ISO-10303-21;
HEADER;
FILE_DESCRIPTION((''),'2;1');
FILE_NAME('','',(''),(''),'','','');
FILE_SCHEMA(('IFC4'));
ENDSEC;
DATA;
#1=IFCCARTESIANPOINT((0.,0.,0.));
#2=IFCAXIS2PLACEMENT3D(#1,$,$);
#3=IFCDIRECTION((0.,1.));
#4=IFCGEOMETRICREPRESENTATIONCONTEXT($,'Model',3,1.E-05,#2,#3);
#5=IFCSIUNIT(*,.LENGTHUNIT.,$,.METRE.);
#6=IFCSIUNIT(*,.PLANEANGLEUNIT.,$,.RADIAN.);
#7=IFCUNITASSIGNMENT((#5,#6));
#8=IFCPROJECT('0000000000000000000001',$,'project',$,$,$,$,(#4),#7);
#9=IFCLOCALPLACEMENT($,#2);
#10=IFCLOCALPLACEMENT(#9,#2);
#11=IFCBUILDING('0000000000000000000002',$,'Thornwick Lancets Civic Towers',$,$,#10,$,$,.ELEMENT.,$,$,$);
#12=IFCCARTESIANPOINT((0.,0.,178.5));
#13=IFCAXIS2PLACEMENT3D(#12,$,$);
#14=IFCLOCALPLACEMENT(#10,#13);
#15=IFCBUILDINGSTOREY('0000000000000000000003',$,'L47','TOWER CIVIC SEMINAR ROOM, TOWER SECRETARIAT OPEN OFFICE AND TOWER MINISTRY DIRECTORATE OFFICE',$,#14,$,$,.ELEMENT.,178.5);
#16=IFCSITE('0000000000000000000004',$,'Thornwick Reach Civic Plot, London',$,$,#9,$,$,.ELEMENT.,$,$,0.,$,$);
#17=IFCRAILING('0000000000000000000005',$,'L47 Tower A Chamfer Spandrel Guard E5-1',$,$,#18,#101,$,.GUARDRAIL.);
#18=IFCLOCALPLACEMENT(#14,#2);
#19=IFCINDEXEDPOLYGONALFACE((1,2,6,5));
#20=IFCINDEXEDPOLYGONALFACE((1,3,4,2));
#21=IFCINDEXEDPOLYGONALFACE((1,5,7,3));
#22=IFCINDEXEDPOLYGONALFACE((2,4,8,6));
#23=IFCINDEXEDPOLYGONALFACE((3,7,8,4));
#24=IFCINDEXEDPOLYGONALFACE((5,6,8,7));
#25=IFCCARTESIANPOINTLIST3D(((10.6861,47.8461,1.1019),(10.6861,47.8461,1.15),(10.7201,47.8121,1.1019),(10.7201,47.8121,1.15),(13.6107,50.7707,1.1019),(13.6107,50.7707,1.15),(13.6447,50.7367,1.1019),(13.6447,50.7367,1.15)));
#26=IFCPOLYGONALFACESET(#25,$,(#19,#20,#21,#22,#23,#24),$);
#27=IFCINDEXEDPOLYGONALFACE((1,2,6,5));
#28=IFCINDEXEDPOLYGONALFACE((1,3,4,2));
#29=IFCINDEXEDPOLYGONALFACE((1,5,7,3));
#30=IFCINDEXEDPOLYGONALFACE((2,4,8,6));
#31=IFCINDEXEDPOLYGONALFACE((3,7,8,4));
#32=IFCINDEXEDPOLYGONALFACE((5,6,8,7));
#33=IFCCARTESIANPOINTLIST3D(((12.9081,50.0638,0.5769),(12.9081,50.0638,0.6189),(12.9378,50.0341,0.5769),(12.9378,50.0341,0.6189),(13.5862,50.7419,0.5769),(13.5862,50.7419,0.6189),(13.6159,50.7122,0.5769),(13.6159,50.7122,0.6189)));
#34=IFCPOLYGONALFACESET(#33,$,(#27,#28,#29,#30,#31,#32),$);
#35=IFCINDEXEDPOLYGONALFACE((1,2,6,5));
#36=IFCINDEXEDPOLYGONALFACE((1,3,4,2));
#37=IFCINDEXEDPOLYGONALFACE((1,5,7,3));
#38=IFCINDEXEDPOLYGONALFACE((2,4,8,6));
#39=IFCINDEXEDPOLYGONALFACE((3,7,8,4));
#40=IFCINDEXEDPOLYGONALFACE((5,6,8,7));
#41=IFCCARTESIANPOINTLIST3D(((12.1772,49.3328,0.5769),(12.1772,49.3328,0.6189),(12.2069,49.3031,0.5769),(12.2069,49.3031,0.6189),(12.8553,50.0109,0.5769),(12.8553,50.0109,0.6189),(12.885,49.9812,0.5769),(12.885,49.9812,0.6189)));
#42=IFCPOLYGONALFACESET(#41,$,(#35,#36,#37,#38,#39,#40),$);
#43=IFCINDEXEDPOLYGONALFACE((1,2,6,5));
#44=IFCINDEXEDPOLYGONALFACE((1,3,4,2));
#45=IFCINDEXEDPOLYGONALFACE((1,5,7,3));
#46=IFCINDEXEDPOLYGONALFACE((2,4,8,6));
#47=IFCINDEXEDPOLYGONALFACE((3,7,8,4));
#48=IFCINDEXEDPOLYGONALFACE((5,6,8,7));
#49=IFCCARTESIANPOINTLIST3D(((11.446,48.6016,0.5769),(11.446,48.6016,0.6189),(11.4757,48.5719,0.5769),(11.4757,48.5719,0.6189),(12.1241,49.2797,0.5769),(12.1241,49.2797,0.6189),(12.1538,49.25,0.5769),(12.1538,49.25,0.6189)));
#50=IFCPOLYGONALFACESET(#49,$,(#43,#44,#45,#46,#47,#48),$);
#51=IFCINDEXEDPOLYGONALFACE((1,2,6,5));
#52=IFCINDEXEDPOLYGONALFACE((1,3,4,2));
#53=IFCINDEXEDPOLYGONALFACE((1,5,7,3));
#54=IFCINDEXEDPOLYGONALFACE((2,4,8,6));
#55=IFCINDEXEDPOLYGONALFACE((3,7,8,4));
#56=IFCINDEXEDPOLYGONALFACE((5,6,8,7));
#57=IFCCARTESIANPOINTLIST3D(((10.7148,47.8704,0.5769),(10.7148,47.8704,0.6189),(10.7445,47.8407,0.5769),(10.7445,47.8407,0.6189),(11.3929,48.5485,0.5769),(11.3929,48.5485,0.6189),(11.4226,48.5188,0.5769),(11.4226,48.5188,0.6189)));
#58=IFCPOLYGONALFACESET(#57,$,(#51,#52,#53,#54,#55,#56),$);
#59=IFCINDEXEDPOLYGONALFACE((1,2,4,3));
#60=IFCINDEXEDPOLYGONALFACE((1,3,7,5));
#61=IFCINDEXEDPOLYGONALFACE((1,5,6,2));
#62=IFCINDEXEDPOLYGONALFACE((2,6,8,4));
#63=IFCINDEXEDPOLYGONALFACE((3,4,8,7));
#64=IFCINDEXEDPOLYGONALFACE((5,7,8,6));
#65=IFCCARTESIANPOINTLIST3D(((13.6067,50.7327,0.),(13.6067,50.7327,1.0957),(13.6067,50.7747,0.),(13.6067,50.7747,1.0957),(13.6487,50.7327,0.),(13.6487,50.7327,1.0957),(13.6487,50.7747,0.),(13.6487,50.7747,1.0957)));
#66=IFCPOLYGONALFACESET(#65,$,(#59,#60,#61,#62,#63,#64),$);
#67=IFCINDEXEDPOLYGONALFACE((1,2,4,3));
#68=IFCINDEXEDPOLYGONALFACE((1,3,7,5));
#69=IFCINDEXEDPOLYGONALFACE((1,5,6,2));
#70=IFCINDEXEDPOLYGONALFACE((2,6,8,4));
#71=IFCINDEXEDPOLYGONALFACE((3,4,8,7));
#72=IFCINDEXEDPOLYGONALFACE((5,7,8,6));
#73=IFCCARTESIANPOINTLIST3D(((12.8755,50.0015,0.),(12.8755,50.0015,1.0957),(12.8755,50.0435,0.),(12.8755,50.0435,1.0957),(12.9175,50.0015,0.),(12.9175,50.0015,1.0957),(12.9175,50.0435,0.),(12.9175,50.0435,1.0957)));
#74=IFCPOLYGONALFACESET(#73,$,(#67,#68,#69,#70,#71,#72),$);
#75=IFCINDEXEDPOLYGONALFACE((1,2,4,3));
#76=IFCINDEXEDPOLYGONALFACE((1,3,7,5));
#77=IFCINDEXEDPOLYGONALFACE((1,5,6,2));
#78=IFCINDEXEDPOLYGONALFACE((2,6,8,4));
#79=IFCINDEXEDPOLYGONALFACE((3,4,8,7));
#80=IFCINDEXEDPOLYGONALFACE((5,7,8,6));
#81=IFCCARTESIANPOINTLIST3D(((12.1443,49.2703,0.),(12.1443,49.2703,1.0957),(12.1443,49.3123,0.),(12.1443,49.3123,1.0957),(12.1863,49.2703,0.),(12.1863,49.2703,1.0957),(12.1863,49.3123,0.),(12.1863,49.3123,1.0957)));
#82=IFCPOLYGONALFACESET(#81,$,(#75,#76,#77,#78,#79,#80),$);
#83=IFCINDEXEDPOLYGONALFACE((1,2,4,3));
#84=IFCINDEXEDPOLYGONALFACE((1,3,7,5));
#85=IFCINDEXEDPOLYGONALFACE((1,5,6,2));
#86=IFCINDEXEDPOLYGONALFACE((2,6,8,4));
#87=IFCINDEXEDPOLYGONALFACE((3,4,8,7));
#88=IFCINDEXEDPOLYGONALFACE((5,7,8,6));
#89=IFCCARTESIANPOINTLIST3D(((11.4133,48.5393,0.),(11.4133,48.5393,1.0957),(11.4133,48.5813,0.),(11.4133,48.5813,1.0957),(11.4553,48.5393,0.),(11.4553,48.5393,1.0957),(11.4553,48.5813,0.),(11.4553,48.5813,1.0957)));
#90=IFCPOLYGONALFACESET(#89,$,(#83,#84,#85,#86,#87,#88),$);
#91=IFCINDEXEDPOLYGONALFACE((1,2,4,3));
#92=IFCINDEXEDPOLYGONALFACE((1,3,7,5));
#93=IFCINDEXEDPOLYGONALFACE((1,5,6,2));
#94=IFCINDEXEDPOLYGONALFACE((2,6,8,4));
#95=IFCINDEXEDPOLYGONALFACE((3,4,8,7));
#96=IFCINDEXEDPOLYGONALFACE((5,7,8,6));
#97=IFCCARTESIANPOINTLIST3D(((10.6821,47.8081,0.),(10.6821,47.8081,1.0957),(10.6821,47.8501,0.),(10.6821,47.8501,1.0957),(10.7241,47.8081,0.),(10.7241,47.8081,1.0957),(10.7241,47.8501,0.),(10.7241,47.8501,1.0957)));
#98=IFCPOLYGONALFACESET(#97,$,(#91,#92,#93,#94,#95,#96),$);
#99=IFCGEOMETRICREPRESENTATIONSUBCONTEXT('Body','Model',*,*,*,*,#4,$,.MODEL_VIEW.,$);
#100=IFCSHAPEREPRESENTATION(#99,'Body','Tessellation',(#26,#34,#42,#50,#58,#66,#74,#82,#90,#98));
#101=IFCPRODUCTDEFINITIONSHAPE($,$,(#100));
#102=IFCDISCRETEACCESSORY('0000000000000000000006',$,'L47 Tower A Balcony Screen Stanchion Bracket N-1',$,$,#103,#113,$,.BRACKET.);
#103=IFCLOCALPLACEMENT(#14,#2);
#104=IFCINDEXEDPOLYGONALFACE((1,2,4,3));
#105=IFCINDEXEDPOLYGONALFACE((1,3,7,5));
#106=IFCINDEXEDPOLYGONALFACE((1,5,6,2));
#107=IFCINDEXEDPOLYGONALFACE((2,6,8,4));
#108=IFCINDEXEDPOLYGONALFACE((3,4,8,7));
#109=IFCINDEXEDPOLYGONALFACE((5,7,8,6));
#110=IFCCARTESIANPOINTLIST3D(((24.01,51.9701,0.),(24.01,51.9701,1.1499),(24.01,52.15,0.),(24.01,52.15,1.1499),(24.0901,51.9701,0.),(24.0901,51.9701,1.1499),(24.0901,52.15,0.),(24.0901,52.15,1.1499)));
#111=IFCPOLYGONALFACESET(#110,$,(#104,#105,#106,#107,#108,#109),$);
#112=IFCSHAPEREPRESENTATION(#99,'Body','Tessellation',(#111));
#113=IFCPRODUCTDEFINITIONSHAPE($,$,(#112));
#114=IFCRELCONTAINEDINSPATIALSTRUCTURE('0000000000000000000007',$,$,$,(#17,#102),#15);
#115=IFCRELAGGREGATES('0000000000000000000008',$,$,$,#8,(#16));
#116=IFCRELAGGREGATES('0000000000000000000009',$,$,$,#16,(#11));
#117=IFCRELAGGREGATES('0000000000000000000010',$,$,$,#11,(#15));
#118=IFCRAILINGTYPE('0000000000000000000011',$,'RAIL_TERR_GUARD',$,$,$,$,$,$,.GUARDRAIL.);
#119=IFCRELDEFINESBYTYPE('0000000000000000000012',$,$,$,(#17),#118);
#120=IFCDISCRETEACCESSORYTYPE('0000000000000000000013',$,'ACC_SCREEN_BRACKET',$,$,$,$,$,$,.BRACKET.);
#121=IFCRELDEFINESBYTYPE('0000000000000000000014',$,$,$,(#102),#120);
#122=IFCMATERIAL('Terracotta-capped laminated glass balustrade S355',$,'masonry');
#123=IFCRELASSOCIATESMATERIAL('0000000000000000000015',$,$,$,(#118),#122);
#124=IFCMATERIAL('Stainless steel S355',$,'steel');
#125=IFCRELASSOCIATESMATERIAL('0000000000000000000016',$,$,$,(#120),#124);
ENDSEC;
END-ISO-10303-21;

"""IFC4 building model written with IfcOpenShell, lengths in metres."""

from ifc_helpers import new_model, si_unit, direction, frame, origin, origin_2d, place, context, subcontext, project, spatial, rectangle, extrude, material, type_object, element, save


model = new_model("IFC4")

# Units and contexts
model_context = context("Model", 3, precision=1e-05, world=origin(), true_north=direction((0.0, 1.0)))
body_context = subcontext(model_context, "Body", "Model", "MODEL_VIEW")
ifc_project = project(units=[si_unit("LENGTHUNIT", "METRE"), si_unit("PLANEANGLEUNIT", "RADIAN")], contexts=[model_context])

# Site, building, storey
site_placement = place(None, origin())
site = spatial("IfcSite", under=ifc_project, at=site_placement, Name="Thornwick Reach Civic Plot, London", CompositionType="ELEMENT", RefElevation=0.0)
building_placement = place(site_placement, origin())
building = spatial("IfcBuilding", under=site, at=building_placement, Name="Thornwick Lancets Civic Towers", CompositionType="ELEMENT")
storey_placement = place(building_placement, frame((0.0, 0.0, 178.5)))
storey = spatial("IfcBuildingStorey", under=building, at=storey_placement, Name="L47", Description="TOWER CIVIC SEMINAR ROOM, TOWER SECRETARIAT OPEN OFFICE AND TOWER MINISTRY DIRECTORATE OFFICE", CompositionType="ELEMENT", Elevation=178.5)

# Railing
ifc_material_1 = material(Name="Terracotta-capped laminated glass balustrade S355", Category="masonry")
railing_type = type_object("IfcRailingType", Name="RAIL_TERR_GUARD", PredefinedType="GUARDRAIL", material=ifc_material_1)
railing_placement = place(storey_placement, frame((13.6277, 50.7537, 0.0)))
element("IfcRailing", 1, at=railing_placement, inside=storey, type_object=railing_type, Name="L47 Tower A Chamfer Spandrel Guard E5-1", PredefinedType="GUARDRAIL", context=body_context, shape_type="SweptSolid", body=[
    extrude(rectangle(XDim=0.0481, YDim=0.0481, at=origin_2d()), frame((0.0, 0.0, 1.126), z_axis=(-0.707107, -0.707107, 0.0), x_axis=(0.707107, -0.707107, 0.0)), (0.0, 0.0, 1.0), 4.136),
    extrude(rectangle(XDim=0.042, YDim=0.042, at=origin_2d()), frame((-0.0266, -0.0266, 0.5979), z_axis=(-0.707107, -0.707107, 0.0), x_axis=(0.707107, -0.707107, 0.0)), (0.0, 0.0, 1.0), 0.959),
    extrude(rectangle(XDim=0.042, YDim=0.042, at=origin_2d()), frame((-0.7576, -0.7576, 0.5979), z_axis=(-0.707107, -0.707107, 0.0), x_axis=(0.707107, -0.707107, 0.0)), (0.0, 0.0, 1.0), 0.959),
    extrude(rectangle(XDim=0.042, YDim=0.042, at=origin_2d()), frame((-1.4888, -1.4888, 0.5979), z_axis=(-0.707107, -0.707107, 0.0), x_axis=(0.707107, -0.707107, 0.0)), (0.0, 0.0, 1.0), 0.959),
    extrude(rectangle(XDim=0.042, YDim=0.042, at=origin_2d()), frame((-2.22, -2.22, 0.5979), z_axis=(-0.707107, -0.707107, 0.0), x_axis=(0.707107, -0.707107, 0.0)), (0.0, 0.0, 1.0), 0.959),
    extrude(rectangle(XDim=0.042, YDim=0.042, at=origin_2d()), origin(), (0.0, 0.0, 1.0), 1.0957),
    extrude(rectangle(XDim=0.042, YDim=0.042, at=origin_2d()), frame((-0.7312, -0.7312, 0.0)), (0.0, 0.0, 1.0), 1.0957),
    extrude(rectangle(XDim=0.042, YDim=0.042, at=origin_2d()), frame((-1.4624, -1.4624, 0.0)), (0.0, 0.0, 1.0), 1.0957),
    extrude(rectangle(XDim=0.042, YDim=0.042, at=origin_2d()), frame((-2.1934, -2.1934, 0.0)), (0.0, 0.0, 1.0), 1.0957),
    extrude(rectangle(XDim=0.042, YDim=0.042, at=origin_2d()), frame((-2.9246, -2.9246, 0.0)), (0.0, 0.0, 1.0), 1.0957),
])

# Discrete accessory
ifc_material_2 = material(Name="Stainless steel S355", Category="steel")
discrete_accessory_type = type_object("IfcDiscreteAccessoryType", Name="ACC_SCREEN_BRACKET", PredefinedType="BRACKET", material=ifc_material_2)
discrete_accessory_placement = place(storey_placement, frame((24.05, 52.0601, 0.0), z_axis=(0.0, 0.0, 1.0), x_axis=(1.0, 0.0, 0.0)))
element("IfcDiscreteAccessory", 2, at=discrete_accessory_placement, inside=storey, type_object=discrete_accessory_type, Name="L47 Tower A Balcony Screen Stanchion Bracket N-1", PredefinedType="BRACKET", context=body_context, shape_type="SweptSolid", body=[
    extrude(rectangle(XDim=0.0801, YDim=0.1799, at=origin_2d()), origin(), (0.0, 0.0, 1.0), 1.1499),
])

save(model, "model.ifc")
